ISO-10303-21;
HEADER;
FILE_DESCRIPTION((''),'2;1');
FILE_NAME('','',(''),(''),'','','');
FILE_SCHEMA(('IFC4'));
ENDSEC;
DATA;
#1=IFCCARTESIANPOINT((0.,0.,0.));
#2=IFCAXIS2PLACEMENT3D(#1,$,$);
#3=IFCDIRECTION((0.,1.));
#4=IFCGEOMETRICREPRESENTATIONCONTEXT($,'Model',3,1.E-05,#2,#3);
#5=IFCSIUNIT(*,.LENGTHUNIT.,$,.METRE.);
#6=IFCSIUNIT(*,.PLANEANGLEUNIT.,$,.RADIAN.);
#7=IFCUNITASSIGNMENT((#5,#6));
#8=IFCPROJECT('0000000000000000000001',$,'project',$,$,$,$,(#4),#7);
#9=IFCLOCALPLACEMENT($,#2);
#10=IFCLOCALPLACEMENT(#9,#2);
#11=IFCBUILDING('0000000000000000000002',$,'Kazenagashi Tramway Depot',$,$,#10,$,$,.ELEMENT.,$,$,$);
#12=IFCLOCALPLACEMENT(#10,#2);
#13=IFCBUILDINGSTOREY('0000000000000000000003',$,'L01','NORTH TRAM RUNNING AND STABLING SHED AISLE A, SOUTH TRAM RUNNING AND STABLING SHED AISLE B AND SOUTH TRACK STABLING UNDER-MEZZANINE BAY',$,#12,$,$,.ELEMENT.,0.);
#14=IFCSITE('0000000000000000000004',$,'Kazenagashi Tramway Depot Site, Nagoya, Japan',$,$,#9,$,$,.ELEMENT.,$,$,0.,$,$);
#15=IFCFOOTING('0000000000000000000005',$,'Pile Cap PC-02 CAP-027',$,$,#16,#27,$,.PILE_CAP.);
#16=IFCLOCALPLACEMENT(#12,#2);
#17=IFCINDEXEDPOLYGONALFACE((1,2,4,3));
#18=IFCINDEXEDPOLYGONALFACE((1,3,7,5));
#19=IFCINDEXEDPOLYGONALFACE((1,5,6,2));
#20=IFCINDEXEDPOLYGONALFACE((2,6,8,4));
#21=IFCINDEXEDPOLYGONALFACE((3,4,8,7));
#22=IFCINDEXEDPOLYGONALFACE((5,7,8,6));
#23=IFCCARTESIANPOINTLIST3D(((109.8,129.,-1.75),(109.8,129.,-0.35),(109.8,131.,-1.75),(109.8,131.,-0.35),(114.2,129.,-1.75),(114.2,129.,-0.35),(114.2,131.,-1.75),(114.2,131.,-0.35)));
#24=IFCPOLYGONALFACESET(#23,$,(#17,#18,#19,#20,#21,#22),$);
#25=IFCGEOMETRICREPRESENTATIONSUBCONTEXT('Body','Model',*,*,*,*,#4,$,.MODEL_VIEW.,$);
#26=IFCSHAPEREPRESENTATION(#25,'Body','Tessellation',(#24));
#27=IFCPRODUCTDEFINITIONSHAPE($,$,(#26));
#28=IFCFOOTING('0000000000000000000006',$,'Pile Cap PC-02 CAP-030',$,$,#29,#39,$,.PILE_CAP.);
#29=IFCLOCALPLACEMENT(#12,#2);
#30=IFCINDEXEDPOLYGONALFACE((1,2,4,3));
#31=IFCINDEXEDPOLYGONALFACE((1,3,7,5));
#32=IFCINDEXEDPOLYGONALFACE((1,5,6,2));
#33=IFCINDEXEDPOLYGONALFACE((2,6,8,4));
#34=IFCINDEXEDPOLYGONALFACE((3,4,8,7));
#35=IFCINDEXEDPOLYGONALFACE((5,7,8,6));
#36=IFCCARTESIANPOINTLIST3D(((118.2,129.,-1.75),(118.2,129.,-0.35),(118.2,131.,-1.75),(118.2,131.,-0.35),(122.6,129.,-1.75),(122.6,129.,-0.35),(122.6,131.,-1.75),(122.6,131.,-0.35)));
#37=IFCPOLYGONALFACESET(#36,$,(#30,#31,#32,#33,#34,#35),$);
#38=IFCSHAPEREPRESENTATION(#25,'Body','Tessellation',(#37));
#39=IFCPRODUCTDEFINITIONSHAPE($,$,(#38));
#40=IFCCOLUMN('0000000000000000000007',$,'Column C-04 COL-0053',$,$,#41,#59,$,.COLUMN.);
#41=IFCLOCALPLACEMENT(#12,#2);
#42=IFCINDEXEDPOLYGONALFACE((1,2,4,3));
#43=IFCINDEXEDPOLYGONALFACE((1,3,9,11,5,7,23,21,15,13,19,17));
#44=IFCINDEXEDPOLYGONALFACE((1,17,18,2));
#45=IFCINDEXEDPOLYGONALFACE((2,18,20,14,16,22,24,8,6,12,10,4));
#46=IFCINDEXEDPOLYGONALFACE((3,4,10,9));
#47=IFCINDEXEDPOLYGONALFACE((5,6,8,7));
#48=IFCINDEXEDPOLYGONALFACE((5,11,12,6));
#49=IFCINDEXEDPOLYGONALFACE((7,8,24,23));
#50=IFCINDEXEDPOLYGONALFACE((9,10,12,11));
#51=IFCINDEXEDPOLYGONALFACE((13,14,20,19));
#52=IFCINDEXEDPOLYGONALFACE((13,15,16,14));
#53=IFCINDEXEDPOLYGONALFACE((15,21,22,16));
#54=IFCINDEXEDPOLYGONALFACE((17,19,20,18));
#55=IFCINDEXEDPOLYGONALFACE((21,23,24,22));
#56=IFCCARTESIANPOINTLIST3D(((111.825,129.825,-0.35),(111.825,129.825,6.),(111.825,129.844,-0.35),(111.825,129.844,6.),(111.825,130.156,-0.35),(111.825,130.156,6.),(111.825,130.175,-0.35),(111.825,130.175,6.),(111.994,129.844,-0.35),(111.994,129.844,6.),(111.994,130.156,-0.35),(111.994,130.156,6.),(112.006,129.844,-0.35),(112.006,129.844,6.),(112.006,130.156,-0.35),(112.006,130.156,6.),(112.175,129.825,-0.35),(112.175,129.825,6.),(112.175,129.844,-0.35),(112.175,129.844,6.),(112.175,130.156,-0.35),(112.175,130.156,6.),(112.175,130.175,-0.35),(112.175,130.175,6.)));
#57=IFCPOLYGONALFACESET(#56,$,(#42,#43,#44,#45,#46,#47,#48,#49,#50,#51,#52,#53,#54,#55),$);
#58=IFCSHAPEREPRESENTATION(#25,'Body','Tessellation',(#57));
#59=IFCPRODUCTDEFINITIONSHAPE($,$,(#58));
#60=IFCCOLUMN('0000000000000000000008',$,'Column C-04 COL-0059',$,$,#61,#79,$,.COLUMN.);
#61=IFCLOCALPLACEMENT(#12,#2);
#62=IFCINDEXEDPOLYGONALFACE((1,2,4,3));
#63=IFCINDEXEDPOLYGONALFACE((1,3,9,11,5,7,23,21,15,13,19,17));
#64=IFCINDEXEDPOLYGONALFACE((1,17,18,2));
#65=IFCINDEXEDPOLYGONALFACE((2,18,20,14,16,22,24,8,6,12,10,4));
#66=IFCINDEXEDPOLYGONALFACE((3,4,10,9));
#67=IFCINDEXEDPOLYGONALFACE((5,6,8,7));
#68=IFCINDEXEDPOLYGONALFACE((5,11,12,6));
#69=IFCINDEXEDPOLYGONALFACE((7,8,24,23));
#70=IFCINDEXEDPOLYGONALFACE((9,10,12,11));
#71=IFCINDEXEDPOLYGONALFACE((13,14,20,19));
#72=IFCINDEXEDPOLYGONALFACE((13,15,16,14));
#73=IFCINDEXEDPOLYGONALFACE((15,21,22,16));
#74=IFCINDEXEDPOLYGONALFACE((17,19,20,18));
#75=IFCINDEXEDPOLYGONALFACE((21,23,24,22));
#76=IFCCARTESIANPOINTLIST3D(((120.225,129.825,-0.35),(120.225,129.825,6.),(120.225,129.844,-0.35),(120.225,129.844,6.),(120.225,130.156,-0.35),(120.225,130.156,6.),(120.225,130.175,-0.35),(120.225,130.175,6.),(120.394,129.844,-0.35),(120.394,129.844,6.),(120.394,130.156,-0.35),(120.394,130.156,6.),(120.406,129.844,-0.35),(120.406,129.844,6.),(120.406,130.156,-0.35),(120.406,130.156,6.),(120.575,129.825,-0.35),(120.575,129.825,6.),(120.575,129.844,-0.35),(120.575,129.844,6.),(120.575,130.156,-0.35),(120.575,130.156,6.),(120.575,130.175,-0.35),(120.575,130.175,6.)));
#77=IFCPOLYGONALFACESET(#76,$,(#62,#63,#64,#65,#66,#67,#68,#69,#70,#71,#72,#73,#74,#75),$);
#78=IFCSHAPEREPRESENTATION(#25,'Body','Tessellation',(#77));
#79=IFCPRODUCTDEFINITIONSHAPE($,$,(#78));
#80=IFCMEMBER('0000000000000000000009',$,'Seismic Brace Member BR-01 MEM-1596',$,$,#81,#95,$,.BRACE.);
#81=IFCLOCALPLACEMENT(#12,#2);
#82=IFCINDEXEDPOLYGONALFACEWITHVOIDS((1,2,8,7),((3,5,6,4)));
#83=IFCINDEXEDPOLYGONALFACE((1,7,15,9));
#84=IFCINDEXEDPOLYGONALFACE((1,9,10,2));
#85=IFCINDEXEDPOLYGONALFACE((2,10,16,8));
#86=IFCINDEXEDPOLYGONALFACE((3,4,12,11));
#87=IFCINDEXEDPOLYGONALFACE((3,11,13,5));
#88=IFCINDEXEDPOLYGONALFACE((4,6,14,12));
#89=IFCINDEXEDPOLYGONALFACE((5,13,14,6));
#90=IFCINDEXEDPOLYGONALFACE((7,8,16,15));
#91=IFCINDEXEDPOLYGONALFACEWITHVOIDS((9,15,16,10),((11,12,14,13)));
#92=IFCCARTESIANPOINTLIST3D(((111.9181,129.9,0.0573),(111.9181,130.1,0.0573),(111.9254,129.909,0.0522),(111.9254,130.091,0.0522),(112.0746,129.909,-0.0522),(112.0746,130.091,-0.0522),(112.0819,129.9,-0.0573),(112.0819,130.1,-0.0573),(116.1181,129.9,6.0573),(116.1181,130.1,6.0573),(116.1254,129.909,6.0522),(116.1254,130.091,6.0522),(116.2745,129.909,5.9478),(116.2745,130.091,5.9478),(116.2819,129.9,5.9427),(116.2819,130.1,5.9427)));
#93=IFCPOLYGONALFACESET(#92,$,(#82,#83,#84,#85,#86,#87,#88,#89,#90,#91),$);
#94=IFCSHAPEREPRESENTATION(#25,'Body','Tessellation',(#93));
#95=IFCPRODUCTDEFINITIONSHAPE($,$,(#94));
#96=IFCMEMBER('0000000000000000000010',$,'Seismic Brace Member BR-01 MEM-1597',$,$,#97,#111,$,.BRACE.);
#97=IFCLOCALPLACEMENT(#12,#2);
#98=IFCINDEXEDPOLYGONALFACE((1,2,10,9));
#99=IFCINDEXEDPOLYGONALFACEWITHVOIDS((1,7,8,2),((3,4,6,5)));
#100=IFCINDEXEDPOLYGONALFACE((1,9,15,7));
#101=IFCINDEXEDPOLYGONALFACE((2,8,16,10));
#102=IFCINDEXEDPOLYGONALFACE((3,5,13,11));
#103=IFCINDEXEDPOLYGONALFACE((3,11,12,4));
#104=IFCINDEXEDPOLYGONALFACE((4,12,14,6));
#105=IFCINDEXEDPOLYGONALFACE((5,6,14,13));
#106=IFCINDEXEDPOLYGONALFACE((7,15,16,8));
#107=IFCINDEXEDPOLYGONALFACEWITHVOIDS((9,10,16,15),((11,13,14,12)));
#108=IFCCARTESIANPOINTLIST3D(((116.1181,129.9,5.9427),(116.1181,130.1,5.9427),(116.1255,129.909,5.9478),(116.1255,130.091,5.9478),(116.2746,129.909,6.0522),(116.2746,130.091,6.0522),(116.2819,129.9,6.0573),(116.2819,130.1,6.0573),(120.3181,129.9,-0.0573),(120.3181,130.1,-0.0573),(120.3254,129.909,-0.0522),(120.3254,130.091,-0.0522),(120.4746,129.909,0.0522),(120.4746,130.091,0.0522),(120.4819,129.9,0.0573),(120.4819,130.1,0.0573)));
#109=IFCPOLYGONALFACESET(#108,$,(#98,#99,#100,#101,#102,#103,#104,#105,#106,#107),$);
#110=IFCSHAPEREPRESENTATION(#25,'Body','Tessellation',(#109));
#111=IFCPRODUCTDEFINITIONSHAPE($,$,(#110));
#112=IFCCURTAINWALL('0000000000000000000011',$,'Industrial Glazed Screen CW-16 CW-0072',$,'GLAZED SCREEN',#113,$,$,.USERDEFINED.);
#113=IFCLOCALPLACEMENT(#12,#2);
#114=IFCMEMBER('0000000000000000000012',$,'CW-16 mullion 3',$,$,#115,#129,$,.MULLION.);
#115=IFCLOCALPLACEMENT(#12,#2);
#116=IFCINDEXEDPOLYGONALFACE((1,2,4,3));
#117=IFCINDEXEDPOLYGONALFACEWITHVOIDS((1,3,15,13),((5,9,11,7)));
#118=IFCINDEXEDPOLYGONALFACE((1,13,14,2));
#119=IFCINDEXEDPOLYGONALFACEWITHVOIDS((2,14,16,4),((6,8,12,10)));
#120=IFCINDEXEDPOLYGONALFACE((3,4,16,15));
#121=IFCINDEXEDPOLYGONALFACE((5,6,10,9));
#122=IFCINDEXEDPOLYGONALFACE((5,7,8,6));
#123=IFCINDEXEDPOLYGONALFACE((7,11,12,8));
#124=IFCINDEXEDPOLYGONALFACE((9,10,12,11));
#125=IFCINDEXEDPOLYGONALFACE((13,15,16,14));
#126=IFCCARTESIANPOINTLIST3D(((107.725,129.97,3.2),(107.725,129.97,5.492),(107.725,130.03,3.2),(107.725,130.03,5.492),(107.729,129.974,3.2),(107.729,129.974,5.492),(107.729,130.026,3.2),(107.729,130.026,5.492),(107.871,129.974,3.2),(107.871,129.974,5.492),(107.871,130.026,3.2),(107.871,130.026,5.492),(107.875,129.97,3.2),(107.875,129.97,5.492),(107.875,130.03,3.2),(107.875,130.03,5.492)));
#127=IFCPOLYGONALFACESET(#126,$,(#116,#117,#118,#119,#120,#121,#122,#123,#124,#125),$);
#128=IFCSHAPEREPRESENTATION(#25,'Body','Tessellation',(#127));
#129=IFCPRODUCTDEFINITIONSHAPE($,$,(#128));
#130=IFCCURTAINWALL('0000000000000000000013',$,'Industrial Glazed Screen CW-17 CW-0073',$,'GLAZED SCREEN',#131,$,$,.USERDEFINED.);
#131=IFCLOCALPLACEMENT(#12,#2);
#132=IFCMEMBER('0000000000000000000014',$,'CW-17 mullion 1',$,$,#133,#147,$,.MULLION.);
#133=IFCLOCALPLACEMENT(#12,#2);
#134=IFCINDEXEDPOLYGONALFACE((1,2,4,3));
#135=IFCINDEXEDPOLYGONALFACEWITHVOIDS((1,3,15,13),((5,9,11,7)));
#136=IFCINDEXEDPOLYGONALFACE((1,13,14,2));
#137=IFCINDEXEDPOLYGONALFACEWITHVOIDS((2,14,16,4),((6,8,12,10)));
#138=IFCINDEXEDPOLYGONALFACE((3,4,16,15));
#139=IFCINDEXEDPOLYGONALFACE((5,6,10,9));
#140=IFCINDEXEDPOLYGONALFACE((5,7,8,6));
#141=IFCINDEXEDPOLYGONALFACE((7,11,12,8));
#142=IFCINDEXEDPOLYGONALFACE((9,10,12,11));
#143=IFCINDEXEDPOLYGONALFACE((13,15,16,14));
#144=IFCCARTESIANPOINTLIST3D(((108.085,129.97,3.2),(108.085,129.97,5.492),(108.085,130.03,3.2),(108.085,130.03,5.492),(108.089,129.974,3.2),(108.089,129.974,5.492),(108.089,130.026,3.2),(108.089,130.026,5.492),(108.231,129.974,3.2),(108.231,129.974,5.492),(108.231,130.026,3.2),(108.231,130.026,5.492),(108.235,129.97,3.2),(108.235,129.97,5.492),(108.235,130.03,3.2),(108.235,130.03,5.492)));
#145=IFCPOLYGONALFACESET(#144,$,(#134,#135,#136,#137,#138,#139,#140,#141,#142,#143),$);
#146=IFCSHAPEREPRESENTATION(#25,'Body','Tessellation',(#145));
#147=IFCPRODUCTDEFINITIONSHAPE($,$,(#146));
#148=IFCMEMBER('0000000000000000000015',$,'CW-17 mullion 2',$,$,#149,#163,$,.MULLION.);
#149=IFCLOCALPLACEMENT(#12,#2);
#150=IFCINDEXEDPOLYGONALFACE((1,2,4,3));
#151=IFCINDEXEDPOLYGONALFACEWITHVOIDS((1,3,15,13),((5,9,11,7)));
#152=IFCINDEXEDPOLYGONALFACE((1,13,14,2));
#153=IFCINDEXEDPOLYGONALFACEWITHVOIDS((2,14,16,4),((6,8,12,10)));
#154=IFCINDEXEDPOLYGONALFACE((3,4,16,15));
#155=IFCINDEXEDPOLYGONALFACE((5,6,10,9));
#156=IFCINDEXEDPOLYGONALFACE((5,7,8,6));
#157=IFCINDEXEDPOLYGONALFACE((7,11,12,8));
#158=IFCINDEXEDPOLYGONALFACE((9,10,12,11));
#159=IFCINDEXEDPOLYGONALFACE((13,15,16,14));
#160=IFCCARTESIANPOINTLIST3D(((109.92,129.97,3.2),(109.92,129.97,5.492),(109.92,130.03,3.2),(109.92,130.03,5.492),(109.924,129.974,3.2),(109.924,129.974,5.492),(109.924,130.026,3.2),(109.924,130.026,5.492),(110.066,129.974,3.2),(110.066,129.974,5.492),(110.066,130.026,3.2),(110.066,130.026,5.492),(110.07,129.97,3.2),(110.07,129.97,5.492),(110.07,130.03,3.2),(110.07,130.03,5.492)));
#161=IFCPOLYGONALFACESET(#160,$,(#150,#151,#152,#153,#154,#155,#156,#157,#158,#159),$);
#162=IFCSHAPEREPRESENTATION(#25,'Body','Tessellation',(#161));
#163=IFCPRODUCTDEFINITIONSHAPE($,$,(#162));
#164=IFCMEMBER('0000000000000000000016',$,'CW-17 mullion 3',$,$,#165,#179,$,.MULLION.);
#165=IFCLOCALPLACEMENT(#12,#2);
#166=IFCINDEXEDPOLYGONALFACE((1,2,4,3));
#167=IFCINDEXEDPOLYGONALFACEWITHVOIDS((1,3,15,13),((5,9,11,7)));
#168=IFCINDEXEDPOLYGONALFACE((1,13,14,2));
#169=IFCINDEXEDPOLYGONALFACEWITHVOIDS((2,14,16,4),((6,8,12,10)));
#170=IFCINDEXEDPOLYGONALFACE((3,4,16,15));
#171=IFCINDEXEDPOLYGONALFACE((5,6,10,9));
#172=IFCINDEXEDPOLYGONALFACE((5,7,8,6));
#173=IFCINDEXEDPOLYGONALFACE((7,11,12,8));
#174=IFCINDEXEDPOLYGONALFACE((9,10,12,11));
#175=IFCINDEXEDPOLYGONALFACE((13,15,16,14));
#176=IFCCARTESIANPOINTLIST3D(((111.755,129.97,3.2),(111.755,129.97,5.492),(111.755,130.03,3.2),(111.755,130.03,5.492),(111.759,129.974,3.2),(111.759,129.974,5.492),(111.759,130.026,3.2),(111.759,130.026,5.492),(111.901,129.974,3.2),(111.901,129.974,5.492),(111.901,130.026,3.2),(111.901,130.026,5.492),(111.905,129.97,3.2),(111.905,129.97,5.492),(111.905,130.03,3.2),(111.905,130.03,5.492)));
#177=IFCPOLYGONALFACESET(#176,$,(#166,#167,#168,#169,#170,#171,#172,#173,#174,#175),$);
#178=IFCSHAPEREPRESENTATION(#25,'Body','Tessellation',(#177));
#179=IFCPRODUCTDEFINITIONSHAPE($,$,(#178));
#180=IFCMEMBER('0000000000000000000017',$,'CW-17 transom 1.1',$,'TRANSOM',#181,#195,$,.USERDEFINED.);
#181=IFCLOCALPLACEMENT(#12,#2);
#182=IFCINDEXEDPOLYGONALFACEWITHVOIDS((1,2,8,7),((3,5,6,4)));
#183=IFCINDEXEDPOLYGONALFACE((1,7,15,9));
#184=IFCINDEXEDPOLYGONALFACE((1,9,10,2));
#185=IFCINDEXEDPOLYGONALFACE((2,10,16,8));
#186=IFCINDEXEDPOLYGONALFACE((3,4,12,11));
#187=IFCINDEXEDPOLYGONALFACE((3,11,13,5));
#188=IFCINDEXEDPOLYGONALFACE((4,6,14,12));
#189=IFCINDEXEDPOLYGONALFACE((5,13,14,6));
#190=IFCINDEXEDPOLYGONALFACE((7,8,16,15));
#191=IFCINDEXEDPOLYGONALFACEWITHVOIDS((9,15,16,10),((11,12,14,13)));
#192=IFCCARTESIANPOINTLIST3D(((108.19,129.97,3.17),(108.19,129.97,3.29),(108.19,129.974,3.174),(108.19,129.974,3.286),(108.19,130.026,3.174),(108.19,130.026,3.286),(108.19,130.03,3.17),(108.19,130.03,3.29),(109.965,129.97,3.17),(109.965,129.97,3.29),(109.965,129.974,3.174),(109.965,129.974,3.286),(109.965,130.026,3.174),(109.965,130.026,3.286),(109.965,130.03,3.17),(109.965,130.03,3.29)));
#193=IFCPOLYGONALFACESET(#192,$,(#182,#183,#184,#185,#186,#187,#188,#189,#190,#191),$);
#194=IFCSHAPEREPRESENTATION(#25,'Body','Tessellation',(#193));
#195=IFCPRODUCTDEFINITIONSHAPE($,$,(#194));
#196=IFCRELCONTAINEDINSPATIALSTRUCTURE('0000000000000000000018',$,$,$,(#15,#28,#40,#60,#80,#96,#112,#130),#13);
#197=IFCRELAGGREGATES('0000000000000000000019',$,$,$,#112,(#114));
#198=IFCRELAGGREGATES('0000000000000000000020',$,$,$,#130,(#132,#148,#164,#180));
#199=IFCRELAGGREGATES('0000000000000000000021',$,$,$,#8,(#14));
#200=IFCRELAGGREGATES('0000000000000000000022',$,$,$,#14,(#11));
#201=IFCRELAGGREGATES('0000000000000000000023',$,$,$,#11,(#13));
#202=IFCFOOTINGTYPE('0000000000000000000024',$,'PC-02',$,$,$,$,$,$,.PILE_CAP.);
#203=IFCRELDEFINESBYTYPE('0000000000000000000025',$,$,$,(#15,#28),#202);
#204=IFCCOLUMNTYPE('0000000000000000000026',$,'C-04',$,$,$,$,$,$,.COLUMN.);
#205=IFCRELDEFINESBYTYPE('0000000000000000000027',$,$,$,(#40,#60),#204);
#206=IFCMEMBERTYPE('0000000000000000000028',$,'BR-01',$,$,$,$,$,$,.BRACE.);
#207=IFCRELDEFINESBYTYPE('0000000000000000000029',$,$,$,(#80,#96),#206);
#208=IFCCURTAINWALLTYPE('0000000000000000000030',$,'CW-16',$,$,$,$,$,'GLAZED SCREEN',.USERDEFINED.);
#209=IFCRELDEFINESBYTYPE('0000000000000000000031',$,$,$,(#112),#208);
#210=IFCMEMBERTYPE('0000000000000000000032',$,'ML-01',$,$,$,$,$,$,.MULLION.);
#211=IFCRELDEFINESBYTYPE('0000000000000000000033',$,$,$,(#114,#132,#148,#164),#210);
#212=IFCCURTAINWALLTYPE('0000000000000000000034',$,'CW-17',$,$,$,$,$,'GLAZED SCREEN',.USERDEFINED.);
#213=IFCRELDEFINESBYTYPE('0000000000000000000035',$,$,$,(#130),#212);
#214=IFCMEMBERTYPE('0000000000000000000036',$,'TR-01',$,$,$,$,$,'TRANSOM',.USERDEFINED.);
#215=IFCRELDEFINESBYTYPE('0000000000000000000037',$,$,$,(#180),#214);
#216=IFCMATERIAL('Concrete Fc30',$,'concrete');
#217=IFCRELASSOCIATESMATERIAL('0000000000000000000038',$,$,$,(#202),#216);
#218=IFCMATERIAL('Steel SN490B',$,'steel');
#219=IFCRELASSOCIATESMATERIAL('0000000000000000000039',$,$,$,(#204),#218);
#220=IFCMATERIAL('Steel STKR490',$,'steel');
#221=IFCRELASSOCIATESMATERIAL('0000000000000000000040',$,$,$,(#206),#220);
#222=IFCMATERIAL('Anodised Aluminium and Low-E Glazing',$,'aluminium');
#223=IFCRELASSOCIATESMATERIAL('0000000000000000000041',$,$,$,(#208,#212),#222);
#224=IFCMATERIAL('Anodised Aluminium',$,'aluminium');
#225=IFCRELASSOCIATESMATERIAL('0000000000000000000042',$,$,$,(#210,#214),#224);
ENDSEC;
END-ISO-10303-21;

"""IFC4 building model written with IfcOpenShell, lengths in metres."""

from ifc_helpers import new_model, si_unit, direction, frame, origin, origin_2d, place, context, subcontext, project, spatial, rectangle, hollow_rectangle, i_section, extrude, material, material_profile, profile_set, type_object, element, aggregate, save


model = new_model("IFC4")

# Units and contexts
model_context = context("Model", 3, precision=1e-05, world=origin(), true_north=direction((0.0, 1.0)))
body_context = subcontext(model_context, "Body", "Model", "MODEL_VIEW")
ifc_project = project(units=[si_unit("LENGTHUNIT", "METRE"), si_unit("PLANEANGLEUNIT", "RADIAN")], contexts=[model_context])

# Site, building, storey
site_placement = place(None, origin())
site = spatial("IfcSite", under=ifc_project, at=site_placement, Name="Kazenagashi Tramway Depot Site, Nagoya, Japan", CompositionType="ELEMENT", RefElevation=0.0)
building_placement = place(site_placement, origin())
building = spatial("IfcBuilding", under=site, at=building_placement, Name="Kazenagashi Tramway Depot", CompositionType="ELEMENT")
storey_placement = place(building_placement, origin())
storey = spatial("IfcBuildingStorey", under=building, at=storey_placement, Name="L01", Description="NORTH TRAM RUNNING AND STABLING SHED AISLE A, SOUTH TRAM RUNNING AND STABLING SHED AISLE B AND SOUTH TRACK STABLING UNDER-MEZZANINE BAY", CompositionType="ELEMENT", Elevation=0.0)

# Shared definitions
ifc_material_1 = material(Name="Concrete Fc30", Category="concrete")

# Footings
footing_type = type_object("IfcFootingType", Name="PC-02", PredefinedType="PILE_CAP", material=ifc_material_1)
for number, where, z_axis, x_axis, name in (
    (1, (112.0, 130.0, -1.75), (0.0, 0.0, 1.0), (1.0, 0.0, 0.0), "Pile Cap PC-02 CAP-027"),
    (2, (120.4, 130.0, -1.75), (0.0, 0.0, 1.0), (1.0, 0.0, 0.0), "Pile Cap PC-02 CAP-030"),
):
    element("IfcFooting", number, at=place(storey_placement, frame(where, z_axis=z_axis, x_axis=x_axis)), inside=storey, type_object=footing_type, Name=name, PredefinedType="PILE_CAP", context=body_context, shape_type="SweptSolid", body=[
        extrude(rectangle(XDim=4.4, YDim=2.0, at=origin_2d()), origin(), (0.0, 0.0, 1.0), 1.4),
    ])

# Columns
ifc_material_2 = material(Name="Steel SN490B", Category="steel")
ifc_material_profile_1 = material_profile(ifc_material_2, i_section(OverallWidth=0.35, OverallDepth=0.35, WebThickness=0.012, FlangeThickness=0.019, at=origin_2d()), Name="H-350x350x12x19")
ifc_profile_set_1 = profile_set([ifc_material_profile_1], Name="Steel SN490B")
column_type = type_object("IfcColumnType", Name="C-04", PredefinedType="COLUMN", material=ifc_profile_set_1)
for number, where, z_axis, x_axis, name in (
    (3, (112.0, 130.0, -0.35), (0.0, 0.0, 1.0), (1.0, 0.0, 0.0), "Column C-04 COL-0053"),
    (4, (120.4, 130.0, -0.35), (0.0, 0.0, 1.0), (1.0, 0.0, 0.0), "Column C-04 COL-0059"),
):
    element("IfcColumn", number, at=place(storey_placement, frame(where, z_axis=z_axis, x_axis=x_axis)), inside=storey, type_object=column_type, Name=name, PredefinedType="COLUMN", context=body_context, shape_type="SweptSolid", body=[
        extrude(i_section(OverallWidth=0.35, OverallDepth=0.35, WebThickness=0.012, FlangeThickness=0.019, at=origin_2d()), origin(), (0.0, 0.0, 1.0), 6.35),
    ])

# Members
ifc_material_3 = material(Name="Steel STKR490", Category="steel")
ifc_material_profile_2 = material_profile(ifc_material_3, hollow_rectangle(XDim=0.2, YDim=0.2, WallThickness=0.009, at=origin_2d()), Name="SHS-200x200x9")
ifc_profile_set_2 = profile_set([ifc_material_profile_2], Name="Steel STKR490")
member_type_1 = type_object("IfcMemberType", Name="BR-01", PredefinedType="BRACE", material=ifc_profile_set_2)
for number, where, z_axis, x_axis, name in (
    (5, (112.0, 130.0, 0.0), (0.573462, 0.0, 0.819232), (0.0, 1.0, 0.0), "Seismic Brace Member BR-01 MEM-1596"),
    (6, (120.4, 130.0, 0.0), (-0.573462, 0.0, 0.819232), (0.0, -1.0, 0.0), "Seismic Brace Member BR-01 MEM-1597"),
):
    element("IfcMember", number, at=place(storey_placement, frame(where, z_axis=z_axis, x_axis=x_axis)), inside=storey, type_object=member_type_1, Name=name, PredefinedType="BRACE", context=body_context, shape_type="SweptSolid", body=[
        extrude(hollow_rectangle(XDim=0.2, YDim=0.2, WallThickness=0.009, at=origin_2d()), origin(), (0.0, 0.0, 1.0), 7.3239),
    ])

# Curtain wall, member
ifc_material_4 = material(Name="Anodised Aluminium and Low-E Glazing", Category="aluminium")
curtain_wall_type_1 = type_object("IfcCurtainWallType", Name="CW-16", ElementType="GLAZED SCREEN", PredefinedType="USERDEFINED", material=ifc_material_4)
curtain_wall_1_placement = place(storey_placement, origin())
curtain_wall_1 = element("IfcCurtainWall", 7, at=curtain_wall_1_placement, inside=storey, type_object=curtain_wall_type_1, Name="Industrial Glazed Screen CW-16 CW-0072", ObjectType="GLAZED SCREEN", PredefinedType="USERDEFINED")
ifc_material_5 = material(Name="Anodised Aluminium", Category="aluminium")
ifc_material_profile_3 = material_profile(ifc_material_5, hollow_rectangle(XDim=0.06, YDim=0.15, WallThickness=0.004, at=origin_2d()), Name="RHS-150x60x4")
ifc_profile_set_3 = profile_set([ifc_material_profile_3], Name="Anodised Aluminium")
member_type_2 = type_object("IfcMemberType", Name="ML-01", PredefinedType="MULLION", material=ifc_profile_set_3)
member_1_placement = place(storey_placement, frame((107.8, 130.0, 3.2), z_axis=(0.0, 0.0, 1.0), x_axis=(0.0, 1.0, 0.0)))
member_1 = element("IfcMember", 8, at=member_1_placement, type_object=member_type_2, Name="CW-16 mullion 3", PredefinedType="MULLION", context=body_context, shape_type="SweptSolid", body=[
    extrude(hollow_rectangle(XDim=0.06, YDim=0.15, WallThickness=0.004, at=origin_2d()), origin(), (0.0, 0.0, 1.0), 2.292),
])

# Curtain wall, members
curtain_wall_type_2 = type_object("IfcCurtainWallType", Name="CW-17", ElementType="GLAZED SCREEN", PredefinedType="USERDEFINED", material=ifc_material_4)
curtain_wall_2_placement = place(storey_placement, origin())
curtain_wall_2 = element("IfcCurtainWall", 9, at=curtain_wall_2_placement, inside=storey, type_object=curtain_wall_type_2, Name="Industrial Glazed Screen CW-17 CW-0073", ObjectType="GLAZED SCREEN", PredefinedType="USERDEFINED")
member_2_placement = place(storey_placement, frame((108.16, 130.0, 3.2), z_axis=(0.0, 0.0, 1.0), x_axis=(0.0, 1.0, 0.0)))
member_2 = element("IfcMember", 10, at=member_2_placement, type_object=member_type_2, Name="CW-17 mullion 1", PredefinedType="MULLION", context=body_context, shape_type="SweptSolid", body=[
    extrude(hollow_rectangle(XDim=0.06, YDim=0.15, WallThickness=0.004, at=origin_2d()), origin(), (0.0, 0.0, 1.0), 2.292),
])
member_3_placement = place(storey_placement, frame((109.995, 130.0, 3.2), z_axis=(0.0, 0.0, 1.0), x_axis=(0.0, 1.0, 0.0)))
member_3 = element("IfcMember", 11, at=member_3_placement, type_object=member_type_2, Name="CW-17 mullion 2", PredefinedType="MULLION", context=body_context, shape_type="SweptSolid", body=[
    extrude(hollow_rectangle(XDim=0.06, YDim=0.15, WallThickness=0.004, at=origin_2d()), origin(), (0.0, 0.0, 1.0), 2.292),
])
member_4_placement = place(storey_placement, frame((111.83, 130.0, 3.2), z_axis=(0.0, 0.0, 1.0), x_axis=(0.0, 1.0, 0.0)))
member_4 = element("IfcMember", 12, at=member_4_placement, type_object=member_type_2, Name="CW-17 mullion 3", PredefinedType="MULLION", context=body_context, shape_type="SweptSolid", body=[
    extrude(hollow_rectangle(XDim=0.06, YDim=0.15, WallThickness=0.004, at=origin_2d()), origin(), (0.0, 0.0, 1.0), 2.292),
])
ifc_material_profile_4 = material_profile(ifc_material_5, hollow_rectangle(XDim=0.06, YDim=0.12, WallThickness=0.004, at=origin_2d()), Name="RHS-120x60x4")
ifc_profile_set_4 = profile_set([ifc_material_profile_4], Name="Anodised Aluminium")
member_type_3 = type_object("IfcMemberType", Name="TR-01", ElementType="TRANSOM", PredefinedType="USERDEFINED", material=ifc_profile_set_4)
member_5_placement = place(storey_placement, frame((108.19, 130.0, 3.23), z_axis=(1.0, 0.0, 0.0), x_axis=(0.0, 1.0, 0.0)))
member_5 = element("IfcMember", 13, at=member_5_placement, type_object=member_type_3, Name="CW-17 transom 1.1", ObjectType="TRANSOM", PredefinedType="USERDEFINED", context=body_context, shape_type="SweptSolid", body=[
    extrude(hollow_rectangle(XDim=0.06, YDim=0.12, WallThickness=0.004, at=origin_2d()), origin(), (0.0, 0.0, 1.0), 1.775),
])

aggregate(curtain_wall_1, [member_1])
aggregate(curtain_wall_2, [member_2, member_3, member_4, member_5])

save(model, "model.ifc")
